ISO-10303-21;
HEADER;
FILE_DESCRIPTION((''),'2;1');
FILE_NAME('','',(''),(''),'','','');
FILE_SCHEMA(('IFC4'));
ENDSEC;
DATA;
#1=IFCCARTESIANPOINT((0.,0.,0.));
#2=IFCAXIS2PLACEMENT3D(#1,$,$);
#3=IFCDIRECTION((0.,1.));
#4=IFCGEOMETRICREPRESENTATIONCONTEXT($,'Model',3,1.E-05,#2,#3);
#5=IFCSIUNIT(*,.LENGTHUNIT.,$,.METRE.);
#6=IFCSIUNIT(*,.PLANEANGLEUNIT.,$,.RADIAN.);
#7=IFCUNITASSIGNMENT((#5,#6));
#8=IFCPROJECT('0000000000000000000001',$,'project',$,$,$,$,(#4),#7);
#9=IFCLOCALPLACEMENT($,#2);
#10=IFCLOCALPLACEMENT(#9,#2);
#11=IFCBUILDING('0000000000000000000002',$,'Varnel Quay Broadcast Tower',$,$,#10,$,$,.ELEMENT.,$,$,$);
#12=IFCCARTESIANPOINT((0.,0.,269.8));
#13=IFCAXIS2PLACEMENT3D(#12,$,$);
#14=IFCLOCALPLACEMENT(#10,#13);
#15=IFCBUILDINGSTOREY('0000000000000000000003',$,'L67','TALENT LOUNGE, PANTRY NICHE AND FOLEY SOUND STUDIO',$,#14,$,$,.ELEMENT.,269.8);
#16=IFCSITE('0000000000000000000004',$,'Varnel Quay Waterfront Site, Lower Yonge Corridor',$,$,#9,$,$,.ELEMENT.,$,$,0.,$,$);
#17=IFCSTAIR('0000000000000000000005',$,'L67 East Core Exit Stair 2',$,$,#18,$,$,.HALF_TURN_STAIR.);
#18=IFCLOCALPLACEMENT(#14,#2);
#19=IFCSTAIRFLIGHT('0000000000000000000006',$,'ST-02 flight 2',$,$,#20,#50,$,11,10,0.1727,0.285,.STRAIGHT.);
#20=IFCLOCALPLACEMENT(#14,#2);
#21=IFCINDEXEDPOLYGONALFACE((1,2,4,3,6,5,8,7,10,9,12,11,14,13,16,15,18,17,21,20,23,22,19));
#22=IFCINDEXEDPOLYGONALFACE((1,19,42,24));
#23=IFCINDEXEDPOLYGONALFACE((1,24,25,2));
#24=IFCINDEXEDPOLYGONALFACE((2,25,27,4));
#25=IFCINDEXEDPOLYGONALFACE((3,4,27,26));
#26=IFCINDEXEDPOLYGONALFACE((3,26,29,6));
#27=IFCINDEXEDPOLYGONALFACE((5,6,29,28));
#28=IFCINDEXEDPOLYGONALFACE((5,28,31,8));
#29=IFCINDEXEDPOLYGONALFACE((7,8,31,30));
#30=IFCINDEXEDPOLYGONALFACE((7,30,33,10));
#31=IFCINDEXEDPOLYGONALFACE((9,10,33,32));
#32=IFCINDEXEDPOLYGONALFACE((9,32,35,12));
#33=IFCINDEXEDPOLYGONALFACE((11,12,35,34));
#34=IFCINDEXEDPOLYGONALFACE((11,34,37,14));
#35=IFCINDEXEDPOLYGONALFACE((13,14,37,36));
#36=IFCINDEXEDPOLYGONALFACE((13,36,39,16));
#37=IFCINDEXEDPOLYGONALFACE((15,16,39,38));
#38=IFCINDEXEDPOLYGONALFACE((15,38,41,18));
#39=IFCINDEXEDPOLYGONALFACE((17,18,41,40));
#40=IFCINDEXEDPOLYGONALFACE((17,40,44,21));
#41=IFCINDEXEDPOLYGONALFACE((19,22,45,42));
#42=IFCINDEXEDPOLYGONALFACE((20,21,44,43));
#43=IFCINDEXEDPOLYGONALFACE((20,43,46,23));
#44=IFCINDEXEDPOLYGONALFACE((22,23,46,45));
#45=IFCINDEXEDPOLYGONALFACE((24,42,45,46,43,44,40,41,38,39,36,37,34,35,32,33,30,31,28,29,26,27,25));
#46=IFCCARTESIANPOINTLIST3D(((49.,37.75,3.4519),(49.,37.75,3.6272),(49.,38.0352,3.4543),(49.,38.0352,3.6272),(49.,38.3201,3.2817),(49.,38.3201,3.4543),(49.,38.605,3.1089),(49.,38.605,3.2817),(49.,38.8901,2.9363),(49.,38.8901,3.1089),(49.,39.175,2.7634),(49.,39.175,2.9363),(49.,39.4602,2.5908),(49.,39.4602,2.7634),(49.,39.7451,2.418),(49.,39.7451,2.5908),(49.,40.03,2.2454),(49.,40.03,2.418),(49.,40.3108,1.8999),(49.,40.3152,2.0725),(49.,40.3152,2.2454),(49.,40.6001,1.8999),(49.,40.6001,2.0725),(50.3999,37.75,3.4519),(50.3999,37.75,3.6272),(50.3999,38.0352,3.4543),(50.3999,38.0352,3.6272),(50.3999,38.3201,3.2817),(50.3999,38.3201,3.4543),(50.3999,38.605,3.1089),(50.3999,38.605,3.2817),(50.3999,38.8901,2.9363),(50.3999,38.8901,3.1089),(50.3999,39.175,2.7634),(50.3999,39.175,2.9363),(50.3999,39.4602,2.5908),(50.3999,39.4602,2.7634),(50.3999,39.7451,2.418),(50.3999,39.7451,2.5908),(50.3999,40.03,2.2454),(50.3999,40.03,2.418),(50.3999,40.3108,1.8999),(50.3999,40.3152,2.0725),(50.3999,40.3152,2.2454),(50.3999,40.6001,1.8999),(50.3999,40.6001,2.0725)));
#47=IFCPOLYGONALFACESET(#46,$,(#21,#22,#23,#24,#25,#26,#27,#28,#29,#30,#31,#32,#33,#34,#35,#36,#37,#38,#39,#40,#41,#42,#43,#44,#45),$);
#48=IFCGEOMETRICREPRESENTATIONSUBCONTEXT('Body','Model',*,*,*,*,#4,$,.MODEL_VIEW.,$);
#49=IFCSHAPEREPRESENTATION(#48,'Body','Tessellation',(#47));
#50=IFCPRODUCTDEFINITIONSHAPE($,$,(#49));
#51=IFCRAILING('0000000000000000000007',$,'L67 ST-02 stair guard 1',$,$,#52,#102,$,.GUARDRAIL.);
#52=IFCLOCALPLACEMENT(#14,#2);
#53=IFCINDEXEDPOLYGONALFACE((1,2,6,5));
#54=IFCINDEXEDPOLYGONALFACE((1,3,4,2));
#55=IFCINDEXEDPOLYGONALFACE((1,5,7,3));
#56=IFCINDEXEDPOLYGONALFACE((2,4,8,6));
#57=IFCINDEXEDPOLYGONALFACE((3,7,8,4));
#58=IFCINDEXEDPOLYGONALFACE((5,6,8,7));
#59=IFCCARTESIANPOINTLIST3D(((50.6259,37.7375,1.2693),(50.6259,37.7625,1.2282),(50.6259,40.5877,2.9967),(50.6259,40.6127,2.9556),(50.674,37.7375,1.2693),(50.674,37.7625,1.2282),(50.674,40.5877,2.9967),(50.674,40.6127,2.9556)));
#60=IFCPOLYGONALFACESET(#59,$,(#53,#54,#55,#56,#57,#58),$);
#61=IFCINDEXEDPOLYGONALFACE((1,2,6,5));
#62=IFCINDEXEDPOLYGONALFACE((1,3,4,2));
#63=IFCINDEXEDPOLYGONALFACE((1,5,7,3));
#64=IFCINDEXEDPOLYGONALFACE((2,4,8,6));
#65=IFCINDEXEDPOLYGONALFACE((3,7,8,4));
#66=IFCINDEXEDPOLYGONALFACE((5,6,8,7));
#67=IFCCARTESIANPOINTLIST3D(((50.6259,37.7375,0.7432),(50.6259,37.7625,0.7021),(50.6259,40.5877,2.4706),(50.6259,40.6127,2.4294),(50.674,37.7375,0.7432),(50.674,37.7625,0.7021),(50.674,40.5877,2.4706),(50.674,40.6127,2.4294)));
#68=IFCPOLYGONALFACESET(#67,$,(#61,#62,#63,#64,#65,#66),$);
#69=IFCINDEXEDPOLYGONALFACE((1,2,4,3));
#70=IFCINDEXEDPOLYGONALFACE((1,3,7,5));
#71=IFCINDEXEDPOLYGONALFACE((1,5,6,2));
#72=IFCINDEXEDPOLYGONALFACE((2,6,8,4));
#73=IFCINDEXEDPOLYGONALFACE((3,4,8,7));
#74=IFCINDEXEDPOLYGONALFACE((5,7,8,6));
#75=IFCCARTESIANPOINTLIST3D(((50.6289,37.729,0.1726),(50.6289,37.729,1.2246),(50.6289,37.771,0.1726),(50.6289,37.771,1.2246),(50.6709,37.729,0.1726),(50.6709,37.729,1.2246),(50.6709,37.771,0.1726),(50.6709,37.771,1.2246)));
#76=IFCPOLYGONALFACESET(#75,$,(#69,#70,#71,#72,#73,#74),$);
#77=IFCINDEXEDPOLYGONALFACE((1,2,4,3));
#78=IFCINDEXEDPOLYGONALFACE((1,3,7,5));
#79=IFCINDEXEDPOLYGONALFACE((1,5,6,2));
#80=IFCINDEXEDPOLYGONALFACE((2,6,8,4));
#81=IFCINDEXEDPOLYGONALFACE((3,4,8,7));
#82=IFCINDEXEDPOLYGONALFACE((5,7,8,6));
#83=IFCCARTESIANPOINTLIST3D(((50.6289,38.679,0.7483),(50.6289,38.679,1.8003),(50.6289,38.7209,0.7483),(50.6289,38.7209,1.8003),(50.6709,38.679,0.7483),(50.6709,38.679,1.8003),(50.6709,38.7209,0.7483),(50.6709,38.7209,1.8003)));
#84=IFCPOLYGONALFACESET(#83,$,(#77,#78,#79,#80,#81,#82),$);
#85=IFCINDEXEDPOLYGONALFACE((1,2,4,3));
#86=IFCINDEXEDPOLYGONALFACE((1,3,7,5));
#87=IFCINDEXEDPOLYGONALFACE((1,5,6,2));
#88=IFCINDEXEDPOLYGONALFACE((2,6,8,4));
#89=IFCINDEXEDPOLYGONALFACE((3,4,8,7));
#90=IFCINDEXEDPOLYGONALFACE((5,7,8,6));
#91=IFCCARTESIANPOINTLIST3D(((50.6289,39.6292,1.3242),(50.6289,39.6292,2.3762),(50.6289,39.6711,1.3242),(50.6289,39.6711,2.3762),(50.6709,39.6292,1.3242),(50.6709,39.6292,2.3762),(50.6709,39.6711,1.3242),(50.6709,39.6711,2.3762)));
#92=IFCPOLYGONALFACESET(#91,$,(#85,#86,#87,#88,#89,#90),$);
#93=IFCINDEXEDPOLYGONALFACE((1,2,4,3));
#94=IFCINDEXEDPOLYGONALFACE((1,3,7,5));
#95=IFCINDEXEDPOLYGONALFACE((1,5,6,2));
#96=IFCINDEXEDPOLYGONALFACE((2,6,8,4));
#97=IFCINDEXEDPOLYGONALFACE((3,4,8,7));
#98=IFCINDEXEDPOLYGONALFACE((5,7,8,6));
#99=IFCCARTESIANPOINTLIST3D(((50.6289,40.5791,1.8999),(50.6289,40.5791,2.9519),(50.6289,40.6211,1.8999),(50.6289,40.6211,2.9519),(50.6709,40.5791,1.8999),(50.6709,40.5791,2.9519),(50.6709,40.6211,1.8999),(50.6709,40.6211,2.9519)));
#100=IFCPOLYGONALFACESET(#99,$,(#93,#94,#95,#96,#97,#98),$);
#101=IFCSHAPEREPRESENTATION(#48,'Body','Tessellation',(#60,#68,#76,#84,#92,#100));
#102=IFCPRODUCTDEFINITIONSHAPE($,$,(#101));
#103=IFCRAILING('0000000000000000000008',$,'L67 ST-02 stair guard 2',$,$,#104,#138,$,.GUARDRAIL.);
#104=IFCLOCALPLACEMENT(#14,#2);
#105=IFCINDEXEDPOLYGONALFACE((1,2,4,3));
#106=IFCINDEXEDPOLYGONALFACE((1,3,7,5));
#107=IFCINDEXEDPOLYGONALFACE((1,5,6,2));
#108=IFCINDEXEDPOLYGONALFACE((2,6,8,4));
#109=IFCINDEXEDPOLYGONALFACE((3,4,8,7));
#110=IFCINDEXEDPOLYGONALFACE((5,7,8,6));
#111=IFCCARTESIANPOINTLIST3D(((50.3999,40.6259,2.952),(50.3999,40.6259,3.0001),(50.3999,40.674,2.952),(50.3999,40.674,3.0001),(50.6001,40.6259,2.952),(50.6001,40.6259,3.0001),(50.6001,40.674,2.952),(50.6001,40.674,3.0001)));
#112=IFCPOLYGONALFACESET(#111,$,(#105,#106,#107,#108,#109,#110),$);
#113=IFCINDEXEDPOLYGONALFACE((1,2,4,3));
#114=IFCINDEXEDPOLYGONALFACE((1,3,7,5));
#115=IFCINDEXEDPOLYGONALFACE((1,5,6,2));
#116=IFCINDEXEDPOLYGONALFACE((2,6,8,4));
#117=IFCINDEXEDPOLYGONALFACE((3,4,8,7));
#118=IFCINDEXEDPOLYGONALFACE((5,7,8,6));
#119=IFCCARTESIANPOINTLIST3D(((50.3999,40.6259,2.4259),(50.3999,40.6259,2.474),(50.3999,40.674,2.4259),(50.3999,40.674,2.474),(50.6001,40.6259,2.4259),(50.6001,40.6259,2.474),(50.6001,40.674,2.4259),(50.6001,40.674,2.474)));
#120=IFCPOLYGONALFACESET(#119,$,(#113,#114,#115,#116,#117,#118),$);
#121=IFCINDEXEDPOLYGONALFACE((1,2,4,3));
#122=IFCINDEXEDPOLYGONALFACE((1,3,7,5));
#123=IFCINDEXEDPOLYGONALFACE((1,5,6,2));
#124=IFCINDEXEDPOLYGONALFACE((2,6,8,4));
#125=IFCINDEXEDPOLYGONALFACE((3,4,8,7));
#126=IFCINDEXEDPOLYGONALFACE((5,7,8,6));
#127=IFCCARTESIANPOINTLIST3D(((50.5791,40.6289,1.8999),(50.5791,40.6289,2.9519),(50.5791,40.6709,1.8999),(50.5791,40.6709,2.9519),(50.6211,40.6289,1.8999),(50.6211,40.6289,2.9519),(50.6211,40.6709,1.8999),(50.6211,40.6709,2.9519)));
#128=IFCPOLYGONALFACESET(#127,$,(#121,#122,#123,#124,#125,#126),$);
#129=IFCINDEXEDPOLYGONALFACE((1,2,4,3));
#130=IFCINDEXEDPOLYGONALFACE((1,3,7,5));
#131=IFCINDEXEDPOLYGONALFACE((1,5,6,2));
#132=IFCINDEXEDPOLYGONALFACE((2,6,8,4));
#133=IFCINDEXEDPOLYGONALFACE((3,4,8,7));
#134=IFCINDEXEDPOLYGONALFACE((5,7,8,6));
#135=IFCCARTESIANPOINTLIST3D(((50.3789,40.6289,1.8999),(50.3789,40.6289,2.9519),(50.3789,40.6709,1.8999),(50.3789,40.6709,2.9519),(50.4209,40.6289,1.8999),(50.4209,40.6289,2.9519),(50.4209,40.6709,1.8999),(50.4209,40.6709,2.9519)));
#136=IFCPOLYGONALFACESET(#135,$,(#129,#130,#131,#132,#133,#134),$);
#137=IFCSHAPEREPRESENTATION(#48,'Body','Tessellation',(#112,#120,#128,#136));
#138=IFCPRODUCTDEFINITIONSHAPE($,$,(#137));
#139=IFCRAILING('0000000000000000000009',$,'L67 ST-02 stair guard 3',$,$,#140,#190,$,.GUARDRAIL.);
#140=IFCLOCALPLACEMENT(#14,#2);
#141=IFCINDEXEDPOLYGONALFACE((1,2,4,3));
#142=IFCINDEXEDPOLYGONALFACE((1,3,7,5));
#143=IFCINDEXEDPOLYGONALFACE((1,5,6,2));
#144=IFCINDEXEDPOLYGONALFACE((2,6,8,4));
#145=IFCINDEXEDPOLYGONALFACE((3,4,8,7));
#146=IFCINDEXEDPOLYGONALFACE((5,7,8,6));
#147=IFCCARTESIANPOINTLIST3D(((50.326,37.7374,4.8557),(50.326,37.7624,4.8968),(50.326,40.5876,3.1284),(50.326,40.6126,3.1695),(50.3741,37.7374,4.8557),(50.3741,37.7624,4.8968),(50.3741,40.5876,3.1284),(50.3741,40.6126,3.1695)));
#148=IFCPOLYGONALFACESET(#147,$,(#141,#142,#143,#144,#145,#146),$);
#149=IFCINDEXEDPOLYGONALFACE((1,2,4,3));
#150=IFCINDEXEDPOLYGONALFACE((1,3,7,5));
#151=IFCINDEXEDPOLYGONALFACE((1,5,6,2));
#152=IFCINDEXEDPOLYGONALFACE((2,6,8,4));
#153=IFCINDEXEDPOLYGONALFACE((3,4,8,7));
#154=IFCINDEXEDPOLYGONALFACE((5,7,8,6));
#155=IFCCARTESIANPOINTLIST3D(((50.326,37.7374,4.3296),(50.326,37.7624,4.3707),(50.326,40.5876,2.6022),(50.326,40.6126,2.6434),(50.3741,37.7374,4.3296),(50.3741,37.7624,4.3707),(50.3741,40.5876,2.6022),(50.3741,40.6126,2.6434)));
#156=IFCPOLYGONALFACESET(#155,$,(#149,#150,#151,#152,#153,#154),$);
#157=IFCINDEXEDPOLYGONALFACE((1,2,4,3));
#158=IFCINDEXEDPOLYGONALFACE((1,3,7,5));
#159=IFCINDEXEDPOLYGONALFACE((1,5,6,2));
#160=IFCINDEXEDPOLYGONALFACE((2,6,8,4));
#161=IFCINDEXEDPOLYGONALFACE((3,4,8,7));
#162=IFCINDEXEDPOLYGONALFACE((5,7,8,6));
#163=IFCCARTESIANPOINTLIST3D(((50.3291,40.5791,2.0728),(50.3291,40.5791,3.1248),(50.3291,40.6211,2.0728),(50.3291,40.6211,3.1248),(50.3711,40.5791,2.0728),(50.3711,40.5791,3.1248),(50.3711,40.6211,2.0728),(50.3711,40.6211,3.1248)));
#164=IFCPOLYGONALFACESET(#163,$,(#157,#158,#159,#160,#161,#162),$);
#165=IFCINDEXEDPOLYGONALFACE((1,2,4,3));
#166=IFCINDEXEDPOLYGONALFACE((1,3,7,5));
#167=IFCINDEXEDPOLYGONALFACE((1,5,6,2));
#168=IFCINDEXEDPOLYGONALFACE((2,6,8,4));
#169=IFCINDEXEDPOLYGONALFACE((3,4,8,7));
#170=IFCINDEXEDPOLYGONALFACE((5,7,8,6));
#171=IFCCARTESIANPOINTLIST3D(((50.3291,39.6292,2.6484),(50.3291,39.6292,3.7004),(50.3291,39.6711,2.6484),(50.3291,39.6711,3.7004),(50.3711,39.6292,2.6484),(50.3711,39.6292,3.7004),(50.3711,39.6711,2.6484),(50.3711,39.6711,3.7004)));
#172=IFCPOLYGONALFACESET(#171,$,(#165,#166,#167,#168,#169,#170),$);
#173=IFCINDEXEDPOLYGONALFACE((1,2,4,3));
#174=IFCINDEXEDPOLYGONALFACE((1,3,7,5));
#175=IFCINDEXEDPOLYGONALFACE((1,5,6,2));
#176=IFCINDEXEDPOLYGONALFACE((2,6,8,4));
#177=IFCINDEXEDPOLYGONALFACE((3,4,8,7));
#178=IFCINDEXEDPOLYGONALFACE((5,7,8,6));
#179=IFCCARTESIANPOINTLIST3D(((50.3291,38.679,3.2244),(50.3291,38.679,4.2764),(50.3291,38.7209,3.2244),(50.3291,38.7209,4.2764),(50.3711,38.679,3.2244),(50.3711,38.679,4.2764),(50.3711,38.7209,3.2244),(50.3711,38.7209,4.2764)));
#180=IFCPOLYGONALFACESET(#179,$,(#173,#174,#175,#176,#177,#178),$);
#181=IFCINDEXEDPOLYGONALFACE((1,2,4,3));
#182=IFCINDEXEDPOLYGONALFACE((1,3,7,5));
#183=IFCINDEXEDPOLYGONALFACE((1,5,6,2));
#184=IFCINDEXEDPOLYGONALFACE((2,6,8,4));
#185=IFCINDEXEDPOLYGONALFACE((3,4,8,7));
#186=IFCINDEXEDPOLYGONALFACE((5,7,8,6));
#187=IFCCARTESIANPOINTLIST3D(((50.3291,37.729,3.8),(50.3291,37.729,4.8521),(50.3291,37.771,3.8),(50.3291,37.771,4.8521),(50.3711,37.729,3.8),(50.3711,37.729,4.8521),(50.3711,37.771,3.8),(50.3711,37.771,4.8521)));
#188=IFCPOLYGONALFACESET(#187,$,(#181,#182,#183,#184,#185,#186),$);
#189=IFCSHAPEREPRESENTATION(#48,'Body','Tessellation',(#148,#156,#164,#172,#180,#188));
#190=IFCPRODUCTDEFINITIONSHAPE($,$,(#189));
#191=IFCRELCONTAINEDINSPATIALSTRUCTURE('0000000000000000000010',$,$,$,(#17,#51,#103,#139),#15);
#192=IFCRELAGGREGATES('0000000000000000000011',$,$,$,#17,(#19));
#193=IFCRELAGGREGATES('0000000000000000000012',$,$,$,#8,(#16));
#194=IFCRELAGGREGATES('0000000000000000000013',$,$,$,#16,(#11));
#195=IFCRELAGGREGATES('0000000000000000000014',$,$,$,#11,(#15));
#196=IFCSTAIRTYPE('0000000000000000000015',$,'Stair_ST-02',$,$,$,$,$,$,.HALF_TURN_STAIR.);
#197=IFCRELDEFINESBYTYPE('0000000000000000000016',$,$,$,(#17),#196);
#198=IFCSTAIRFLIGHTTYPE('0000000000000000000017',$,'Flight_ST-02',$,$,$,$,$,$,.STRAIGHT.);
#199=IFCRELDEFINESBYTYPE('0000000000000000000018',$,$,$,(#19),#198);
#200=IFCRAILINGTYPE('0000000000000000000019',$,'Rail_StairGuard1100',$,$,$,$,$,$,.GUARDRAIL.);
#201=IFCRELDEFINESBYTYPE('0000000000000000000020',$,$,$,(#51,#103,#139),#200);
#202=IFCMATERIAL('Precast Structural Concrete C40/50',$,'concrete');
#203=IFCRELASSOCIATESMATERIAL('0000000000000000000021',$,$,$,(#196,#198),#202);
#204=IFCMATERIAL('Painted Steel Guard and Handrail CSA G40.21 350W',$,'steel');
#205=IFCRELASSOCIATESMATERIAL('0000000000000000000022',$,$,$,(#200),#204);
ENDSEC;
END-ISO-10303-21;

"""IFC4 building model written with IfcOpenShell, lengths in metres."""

from ifc_helpers import new_model, si_unit, direction, frame, origin, origin_2d, place, context, subcontext, project, spatial, polyline, rectangle, outline, extrude, material, type_object, element, aggregate, save


model = new_model("IFC4")

# Units and contexts
model_context = context("Model", 3, precision=1e-05, world=origin(), true_north=direction((0.0, 1.0)))
body_context = subcontext(model_context, "Body", "Model", "MODEL_VIEW")
ifc_project = project(units=[si_unit("LENGTHUNIT", "METRE"), si_unit("PLANEANGLEUNIT", "RADIAN")], contexts=[model_context])

# Site, building, storey
site_placement = place(None, origin())
site = spatial("IfcSite", under=ifc_project, at=site_placement, Name="Varnel Quay Waterfront Site, Lower Yonge Corridor", CompositionType="ELEMENT", RefElevation=0.0)
building_placement = place(site_placement, origin())
building = spatial("IfcBuilding", under=site, at=building_placement, Name="Varnel Quay Broadcast Tower", CompositionType="ELEMENT")
storey_placement = place(building_placement, frame((0.0, 0.0, 269.8)))
storey = spatial("IfcBuildingStorey", under=building, at=storey_placement, Name="L67", Description="TALENT LOUNGE, PANTRY NICHE AND FOLEY SOUND STUDIO", CompositionType="ELEMENT", Elevation=269.8)

# Stair, stair flight
ifc_material_1 = material(Name="Precast Structural Concrete C40/50", Category="concrete")
stair_type = type_object("IfcStairType", Name="Stair_ST-02", PredefinedType="HALF_TURN_STAIR", material=ifc_material_1)
stair_placement = place(storey_placement, origin())
stair = element("IfcStair", 1, at=stair_placement, inside=storey, type_object=stair_type, Name="L67 East Core Exit Stair 2", PredefinedType="HALF_TURN_STAIR")
stair_flight_type = type_object("IfcStairFlightType", Name="Flight_ST-02", PredefinedType="STRAIGHT", material=ifc_material_1)
stair_flight_1_placement = place(storey_placement, frame((49.7, 40.6001, 1.8999), z_axis=(0.0, 0.0, 1.0), x_axis=(0.0, -1.0, 0.0)))
stair_flight_1 = element("IfcStairFlight", 2, at=stair_flight_1_placement, type_object=stair_flight_type, Name="ST-02 flight 2", NumberOfRisers=11, NumberOfTreads=10, PredefinedType="STRAIGHT", RiserHeight=0.1727, TreadLength=0.285, context=body_context, shape_type="SweptSolid", body=[
    extrude(outline(polyline([(0.0, 0.0), (0.0, 0.1726), (0.2849, 0.1726), (0.2849, 0.3455), (0.5701, 0.3455), (0.5701, 0.5181), (0.855, 0.5181), (0.855, 0.6909), (1.1399, 0.6909), (1.1399, 0.8635), (1.425, 0.8635), (1.425, 1.0364), (1.71, 1.0364), (1.71, 1.209), (1.9951, 1.209), (1.9951, 1.3818), (2.28, 1.3818), (2.28, 1.5544), (2.5649, 1.5544), (2.5649, 1.7273), (2.8501, 1.7273), (2.8501, 1.8999), (2.8501, 1.552), (0.2893, 0.0), (0.0, 0.0)])), frame((0.0, 0.7, 0.0), z_axis=(0.0, -1.0, 0.0), x_axis=(1.0, 0.0, 0.0)), (0.0, 0.0, 1.0), 1.3999),
])
aggregate(stair, [stair_flight_1])

# Railings
ifc_material_2 = material(Name="Painted Steel Guard and Handrail CSA G40.21 350W", Category="steel")
railing_type_1 = type_object("IfcRailingType", Name="Rail_StairGuard1100", PredefinedType="GUARDRAIL", material=ifc_material_2)
railing_1_placement = place(storey_placement, frame((50.6499, 37.75, 0.1726)))
element("IfcRailing", 3, at=railing_1_placement, inside=storey, type_object=railing_type_1, Name="L67 ST-02 stair guard 1", PredefinedType="GUARDRAIL", context=body_context, shape_type="SweptSolid", body=[
    extrude(rectangle(XDim=0.0481, YDim=0.0481, at=origin_2d()), frame((0.0, 0.0, 1.0762), z_axis=(0.0, 0.855203, 0.518294), x_axis=(-1.0, 0.0, 0.0)), (0.0, 0.0, 1.0), 3.3328),
    extrude(rectangle(XDim=0.0481, YDim=0.0481, at=origin_2d()), frame((0.0, 0.0, 0.55), z_axis=(0.0, 0.855203, 0.518294), x_axis=(-1.0, 0.0, 0.0)), (0.0, 0.0, 1.0), 3.3328),
    extrude(rectangle(XDim=0.042, YDim=0.042, at=origin_2d()), origin(), (0.0, 0.0, 1.0), 1.052),
    extrude(rectangle(XDim=0.042, YDim=0.042, at=origin_2d()), frame((0.0, 0.95, 0.5757)), (0.0, 0.0, 1.0), 1.052),
    extrude(rectangle(XDim=0.042, YDim=0.042, at=origin_2d()), frame((0.0, 1.9001, 1.1516)), (0.0, 0.0, 1.0), 1.052),
    extrude(rectangle(XDim=0.042, YDim=0.042, at=origin_2d()), frame((0.0, 2.8501, 1.7273)), (0.0, 0.0, 1.0), 1.052),
])
railing_2_placement = place(storey_placement, frame((50.6001, 40.6499, 1.8999)))
element("IfcRailing", 4, at=railing_2_placement, inside=storey, type_object=railing_type_1, Name="L67 ST-02 stair guard 2", PredefinedType="GUARDRAIL", context=body_context, shape_type="SweptSolid", body=[
    extrude(rectangle(XDim=0.0481, YDim=0.0481, at=origin_2d()), frame((0.0, 0.0, 1.0762), z_axis=(-1.0, 0.0, 0.0), x_axis=(0.0, -1.0, 0.0)), (0.0, 0.0, 1.0), 0.2002),
    extrude(rectangle(XDim=0.0481, YDim=0.0481, at=origin_2d()), frame((0.0, 0.0, 0.55), z_axis=(-1.0, 0.0, 0.0), x_axis=(0.0, -1.0, 0.0)), (0.0, 0.0, 1.0), 0.2002),
    extrude(rectangle(XDim=0.042, YDim=0.042, at=origin_2d()), origin(), (0.0, 0.0, 1.0), 1.052),
    extrude(rectangle(XDim=0.042, YDim=0.042, at=origin_2d()), frame((-0.2002, 0.0, 0.0)), (0.0, 0.0, 1.0), 1.052),
])
railing_3_placement = place(storey_placement, frame((50.3501, 40.6001, 2.0728)))
element("IfcRailing", 5, at=railing_3_placement, inside=storey, type_object=railing_type_1, Name="L67 ST-02 stair guard 3", PredefinedType="GUARDRAIL", context=body_context, shape_type="SweptSolid", body=[
    extrude(rectangle(XDim=0.0481, YDim=0.0481, at=origin_2d()), frame((0.0, 0.0, 1.0762), z_axis=(0.0, -0.855203, 0.518294), x_axis=(1.0, 0.0, 0.0)), (0.0, 0.0, 1.0), 3.3328),
    extrude(rectangle(XDim=0.0481, YDim=0.0481, at=origin_2d()), frame((0.0, 0.0, 0.55), z_axis=(0.0, -0.855203, 0.518294), x_axis=(1.0, 0.0, 0.0)), (0.0, 0.0, 1.0), 3.3328),
    extrude(rectangle(XDim=0.042, YDim=0.042, at=origin_2d()), origin(), (0.0, 0.0, 1.0), 1.052),
    extrude(rectangle(XDim=0.042, YDim=0.042, at=origin_2d()), frame((0.0, -0.95, 0.5757)), (0.0, 0.0, 1.0), 1.052),
    extrude(rectangle(XDim=0.042, YDim=0.042, at=origin_2d()), frame((0.0, -1.9001, 1.1516)), (0.0, 0.0, 1.0), 1.052),
    extrude(rectangle(XDim=0.042, YDim=0.042, at=origin_2d()), frame((0.0, -2.8501, 1.7273)), (0.0, 0.0, 1.0), 1.052),
])

save(model, "model.ifc")
